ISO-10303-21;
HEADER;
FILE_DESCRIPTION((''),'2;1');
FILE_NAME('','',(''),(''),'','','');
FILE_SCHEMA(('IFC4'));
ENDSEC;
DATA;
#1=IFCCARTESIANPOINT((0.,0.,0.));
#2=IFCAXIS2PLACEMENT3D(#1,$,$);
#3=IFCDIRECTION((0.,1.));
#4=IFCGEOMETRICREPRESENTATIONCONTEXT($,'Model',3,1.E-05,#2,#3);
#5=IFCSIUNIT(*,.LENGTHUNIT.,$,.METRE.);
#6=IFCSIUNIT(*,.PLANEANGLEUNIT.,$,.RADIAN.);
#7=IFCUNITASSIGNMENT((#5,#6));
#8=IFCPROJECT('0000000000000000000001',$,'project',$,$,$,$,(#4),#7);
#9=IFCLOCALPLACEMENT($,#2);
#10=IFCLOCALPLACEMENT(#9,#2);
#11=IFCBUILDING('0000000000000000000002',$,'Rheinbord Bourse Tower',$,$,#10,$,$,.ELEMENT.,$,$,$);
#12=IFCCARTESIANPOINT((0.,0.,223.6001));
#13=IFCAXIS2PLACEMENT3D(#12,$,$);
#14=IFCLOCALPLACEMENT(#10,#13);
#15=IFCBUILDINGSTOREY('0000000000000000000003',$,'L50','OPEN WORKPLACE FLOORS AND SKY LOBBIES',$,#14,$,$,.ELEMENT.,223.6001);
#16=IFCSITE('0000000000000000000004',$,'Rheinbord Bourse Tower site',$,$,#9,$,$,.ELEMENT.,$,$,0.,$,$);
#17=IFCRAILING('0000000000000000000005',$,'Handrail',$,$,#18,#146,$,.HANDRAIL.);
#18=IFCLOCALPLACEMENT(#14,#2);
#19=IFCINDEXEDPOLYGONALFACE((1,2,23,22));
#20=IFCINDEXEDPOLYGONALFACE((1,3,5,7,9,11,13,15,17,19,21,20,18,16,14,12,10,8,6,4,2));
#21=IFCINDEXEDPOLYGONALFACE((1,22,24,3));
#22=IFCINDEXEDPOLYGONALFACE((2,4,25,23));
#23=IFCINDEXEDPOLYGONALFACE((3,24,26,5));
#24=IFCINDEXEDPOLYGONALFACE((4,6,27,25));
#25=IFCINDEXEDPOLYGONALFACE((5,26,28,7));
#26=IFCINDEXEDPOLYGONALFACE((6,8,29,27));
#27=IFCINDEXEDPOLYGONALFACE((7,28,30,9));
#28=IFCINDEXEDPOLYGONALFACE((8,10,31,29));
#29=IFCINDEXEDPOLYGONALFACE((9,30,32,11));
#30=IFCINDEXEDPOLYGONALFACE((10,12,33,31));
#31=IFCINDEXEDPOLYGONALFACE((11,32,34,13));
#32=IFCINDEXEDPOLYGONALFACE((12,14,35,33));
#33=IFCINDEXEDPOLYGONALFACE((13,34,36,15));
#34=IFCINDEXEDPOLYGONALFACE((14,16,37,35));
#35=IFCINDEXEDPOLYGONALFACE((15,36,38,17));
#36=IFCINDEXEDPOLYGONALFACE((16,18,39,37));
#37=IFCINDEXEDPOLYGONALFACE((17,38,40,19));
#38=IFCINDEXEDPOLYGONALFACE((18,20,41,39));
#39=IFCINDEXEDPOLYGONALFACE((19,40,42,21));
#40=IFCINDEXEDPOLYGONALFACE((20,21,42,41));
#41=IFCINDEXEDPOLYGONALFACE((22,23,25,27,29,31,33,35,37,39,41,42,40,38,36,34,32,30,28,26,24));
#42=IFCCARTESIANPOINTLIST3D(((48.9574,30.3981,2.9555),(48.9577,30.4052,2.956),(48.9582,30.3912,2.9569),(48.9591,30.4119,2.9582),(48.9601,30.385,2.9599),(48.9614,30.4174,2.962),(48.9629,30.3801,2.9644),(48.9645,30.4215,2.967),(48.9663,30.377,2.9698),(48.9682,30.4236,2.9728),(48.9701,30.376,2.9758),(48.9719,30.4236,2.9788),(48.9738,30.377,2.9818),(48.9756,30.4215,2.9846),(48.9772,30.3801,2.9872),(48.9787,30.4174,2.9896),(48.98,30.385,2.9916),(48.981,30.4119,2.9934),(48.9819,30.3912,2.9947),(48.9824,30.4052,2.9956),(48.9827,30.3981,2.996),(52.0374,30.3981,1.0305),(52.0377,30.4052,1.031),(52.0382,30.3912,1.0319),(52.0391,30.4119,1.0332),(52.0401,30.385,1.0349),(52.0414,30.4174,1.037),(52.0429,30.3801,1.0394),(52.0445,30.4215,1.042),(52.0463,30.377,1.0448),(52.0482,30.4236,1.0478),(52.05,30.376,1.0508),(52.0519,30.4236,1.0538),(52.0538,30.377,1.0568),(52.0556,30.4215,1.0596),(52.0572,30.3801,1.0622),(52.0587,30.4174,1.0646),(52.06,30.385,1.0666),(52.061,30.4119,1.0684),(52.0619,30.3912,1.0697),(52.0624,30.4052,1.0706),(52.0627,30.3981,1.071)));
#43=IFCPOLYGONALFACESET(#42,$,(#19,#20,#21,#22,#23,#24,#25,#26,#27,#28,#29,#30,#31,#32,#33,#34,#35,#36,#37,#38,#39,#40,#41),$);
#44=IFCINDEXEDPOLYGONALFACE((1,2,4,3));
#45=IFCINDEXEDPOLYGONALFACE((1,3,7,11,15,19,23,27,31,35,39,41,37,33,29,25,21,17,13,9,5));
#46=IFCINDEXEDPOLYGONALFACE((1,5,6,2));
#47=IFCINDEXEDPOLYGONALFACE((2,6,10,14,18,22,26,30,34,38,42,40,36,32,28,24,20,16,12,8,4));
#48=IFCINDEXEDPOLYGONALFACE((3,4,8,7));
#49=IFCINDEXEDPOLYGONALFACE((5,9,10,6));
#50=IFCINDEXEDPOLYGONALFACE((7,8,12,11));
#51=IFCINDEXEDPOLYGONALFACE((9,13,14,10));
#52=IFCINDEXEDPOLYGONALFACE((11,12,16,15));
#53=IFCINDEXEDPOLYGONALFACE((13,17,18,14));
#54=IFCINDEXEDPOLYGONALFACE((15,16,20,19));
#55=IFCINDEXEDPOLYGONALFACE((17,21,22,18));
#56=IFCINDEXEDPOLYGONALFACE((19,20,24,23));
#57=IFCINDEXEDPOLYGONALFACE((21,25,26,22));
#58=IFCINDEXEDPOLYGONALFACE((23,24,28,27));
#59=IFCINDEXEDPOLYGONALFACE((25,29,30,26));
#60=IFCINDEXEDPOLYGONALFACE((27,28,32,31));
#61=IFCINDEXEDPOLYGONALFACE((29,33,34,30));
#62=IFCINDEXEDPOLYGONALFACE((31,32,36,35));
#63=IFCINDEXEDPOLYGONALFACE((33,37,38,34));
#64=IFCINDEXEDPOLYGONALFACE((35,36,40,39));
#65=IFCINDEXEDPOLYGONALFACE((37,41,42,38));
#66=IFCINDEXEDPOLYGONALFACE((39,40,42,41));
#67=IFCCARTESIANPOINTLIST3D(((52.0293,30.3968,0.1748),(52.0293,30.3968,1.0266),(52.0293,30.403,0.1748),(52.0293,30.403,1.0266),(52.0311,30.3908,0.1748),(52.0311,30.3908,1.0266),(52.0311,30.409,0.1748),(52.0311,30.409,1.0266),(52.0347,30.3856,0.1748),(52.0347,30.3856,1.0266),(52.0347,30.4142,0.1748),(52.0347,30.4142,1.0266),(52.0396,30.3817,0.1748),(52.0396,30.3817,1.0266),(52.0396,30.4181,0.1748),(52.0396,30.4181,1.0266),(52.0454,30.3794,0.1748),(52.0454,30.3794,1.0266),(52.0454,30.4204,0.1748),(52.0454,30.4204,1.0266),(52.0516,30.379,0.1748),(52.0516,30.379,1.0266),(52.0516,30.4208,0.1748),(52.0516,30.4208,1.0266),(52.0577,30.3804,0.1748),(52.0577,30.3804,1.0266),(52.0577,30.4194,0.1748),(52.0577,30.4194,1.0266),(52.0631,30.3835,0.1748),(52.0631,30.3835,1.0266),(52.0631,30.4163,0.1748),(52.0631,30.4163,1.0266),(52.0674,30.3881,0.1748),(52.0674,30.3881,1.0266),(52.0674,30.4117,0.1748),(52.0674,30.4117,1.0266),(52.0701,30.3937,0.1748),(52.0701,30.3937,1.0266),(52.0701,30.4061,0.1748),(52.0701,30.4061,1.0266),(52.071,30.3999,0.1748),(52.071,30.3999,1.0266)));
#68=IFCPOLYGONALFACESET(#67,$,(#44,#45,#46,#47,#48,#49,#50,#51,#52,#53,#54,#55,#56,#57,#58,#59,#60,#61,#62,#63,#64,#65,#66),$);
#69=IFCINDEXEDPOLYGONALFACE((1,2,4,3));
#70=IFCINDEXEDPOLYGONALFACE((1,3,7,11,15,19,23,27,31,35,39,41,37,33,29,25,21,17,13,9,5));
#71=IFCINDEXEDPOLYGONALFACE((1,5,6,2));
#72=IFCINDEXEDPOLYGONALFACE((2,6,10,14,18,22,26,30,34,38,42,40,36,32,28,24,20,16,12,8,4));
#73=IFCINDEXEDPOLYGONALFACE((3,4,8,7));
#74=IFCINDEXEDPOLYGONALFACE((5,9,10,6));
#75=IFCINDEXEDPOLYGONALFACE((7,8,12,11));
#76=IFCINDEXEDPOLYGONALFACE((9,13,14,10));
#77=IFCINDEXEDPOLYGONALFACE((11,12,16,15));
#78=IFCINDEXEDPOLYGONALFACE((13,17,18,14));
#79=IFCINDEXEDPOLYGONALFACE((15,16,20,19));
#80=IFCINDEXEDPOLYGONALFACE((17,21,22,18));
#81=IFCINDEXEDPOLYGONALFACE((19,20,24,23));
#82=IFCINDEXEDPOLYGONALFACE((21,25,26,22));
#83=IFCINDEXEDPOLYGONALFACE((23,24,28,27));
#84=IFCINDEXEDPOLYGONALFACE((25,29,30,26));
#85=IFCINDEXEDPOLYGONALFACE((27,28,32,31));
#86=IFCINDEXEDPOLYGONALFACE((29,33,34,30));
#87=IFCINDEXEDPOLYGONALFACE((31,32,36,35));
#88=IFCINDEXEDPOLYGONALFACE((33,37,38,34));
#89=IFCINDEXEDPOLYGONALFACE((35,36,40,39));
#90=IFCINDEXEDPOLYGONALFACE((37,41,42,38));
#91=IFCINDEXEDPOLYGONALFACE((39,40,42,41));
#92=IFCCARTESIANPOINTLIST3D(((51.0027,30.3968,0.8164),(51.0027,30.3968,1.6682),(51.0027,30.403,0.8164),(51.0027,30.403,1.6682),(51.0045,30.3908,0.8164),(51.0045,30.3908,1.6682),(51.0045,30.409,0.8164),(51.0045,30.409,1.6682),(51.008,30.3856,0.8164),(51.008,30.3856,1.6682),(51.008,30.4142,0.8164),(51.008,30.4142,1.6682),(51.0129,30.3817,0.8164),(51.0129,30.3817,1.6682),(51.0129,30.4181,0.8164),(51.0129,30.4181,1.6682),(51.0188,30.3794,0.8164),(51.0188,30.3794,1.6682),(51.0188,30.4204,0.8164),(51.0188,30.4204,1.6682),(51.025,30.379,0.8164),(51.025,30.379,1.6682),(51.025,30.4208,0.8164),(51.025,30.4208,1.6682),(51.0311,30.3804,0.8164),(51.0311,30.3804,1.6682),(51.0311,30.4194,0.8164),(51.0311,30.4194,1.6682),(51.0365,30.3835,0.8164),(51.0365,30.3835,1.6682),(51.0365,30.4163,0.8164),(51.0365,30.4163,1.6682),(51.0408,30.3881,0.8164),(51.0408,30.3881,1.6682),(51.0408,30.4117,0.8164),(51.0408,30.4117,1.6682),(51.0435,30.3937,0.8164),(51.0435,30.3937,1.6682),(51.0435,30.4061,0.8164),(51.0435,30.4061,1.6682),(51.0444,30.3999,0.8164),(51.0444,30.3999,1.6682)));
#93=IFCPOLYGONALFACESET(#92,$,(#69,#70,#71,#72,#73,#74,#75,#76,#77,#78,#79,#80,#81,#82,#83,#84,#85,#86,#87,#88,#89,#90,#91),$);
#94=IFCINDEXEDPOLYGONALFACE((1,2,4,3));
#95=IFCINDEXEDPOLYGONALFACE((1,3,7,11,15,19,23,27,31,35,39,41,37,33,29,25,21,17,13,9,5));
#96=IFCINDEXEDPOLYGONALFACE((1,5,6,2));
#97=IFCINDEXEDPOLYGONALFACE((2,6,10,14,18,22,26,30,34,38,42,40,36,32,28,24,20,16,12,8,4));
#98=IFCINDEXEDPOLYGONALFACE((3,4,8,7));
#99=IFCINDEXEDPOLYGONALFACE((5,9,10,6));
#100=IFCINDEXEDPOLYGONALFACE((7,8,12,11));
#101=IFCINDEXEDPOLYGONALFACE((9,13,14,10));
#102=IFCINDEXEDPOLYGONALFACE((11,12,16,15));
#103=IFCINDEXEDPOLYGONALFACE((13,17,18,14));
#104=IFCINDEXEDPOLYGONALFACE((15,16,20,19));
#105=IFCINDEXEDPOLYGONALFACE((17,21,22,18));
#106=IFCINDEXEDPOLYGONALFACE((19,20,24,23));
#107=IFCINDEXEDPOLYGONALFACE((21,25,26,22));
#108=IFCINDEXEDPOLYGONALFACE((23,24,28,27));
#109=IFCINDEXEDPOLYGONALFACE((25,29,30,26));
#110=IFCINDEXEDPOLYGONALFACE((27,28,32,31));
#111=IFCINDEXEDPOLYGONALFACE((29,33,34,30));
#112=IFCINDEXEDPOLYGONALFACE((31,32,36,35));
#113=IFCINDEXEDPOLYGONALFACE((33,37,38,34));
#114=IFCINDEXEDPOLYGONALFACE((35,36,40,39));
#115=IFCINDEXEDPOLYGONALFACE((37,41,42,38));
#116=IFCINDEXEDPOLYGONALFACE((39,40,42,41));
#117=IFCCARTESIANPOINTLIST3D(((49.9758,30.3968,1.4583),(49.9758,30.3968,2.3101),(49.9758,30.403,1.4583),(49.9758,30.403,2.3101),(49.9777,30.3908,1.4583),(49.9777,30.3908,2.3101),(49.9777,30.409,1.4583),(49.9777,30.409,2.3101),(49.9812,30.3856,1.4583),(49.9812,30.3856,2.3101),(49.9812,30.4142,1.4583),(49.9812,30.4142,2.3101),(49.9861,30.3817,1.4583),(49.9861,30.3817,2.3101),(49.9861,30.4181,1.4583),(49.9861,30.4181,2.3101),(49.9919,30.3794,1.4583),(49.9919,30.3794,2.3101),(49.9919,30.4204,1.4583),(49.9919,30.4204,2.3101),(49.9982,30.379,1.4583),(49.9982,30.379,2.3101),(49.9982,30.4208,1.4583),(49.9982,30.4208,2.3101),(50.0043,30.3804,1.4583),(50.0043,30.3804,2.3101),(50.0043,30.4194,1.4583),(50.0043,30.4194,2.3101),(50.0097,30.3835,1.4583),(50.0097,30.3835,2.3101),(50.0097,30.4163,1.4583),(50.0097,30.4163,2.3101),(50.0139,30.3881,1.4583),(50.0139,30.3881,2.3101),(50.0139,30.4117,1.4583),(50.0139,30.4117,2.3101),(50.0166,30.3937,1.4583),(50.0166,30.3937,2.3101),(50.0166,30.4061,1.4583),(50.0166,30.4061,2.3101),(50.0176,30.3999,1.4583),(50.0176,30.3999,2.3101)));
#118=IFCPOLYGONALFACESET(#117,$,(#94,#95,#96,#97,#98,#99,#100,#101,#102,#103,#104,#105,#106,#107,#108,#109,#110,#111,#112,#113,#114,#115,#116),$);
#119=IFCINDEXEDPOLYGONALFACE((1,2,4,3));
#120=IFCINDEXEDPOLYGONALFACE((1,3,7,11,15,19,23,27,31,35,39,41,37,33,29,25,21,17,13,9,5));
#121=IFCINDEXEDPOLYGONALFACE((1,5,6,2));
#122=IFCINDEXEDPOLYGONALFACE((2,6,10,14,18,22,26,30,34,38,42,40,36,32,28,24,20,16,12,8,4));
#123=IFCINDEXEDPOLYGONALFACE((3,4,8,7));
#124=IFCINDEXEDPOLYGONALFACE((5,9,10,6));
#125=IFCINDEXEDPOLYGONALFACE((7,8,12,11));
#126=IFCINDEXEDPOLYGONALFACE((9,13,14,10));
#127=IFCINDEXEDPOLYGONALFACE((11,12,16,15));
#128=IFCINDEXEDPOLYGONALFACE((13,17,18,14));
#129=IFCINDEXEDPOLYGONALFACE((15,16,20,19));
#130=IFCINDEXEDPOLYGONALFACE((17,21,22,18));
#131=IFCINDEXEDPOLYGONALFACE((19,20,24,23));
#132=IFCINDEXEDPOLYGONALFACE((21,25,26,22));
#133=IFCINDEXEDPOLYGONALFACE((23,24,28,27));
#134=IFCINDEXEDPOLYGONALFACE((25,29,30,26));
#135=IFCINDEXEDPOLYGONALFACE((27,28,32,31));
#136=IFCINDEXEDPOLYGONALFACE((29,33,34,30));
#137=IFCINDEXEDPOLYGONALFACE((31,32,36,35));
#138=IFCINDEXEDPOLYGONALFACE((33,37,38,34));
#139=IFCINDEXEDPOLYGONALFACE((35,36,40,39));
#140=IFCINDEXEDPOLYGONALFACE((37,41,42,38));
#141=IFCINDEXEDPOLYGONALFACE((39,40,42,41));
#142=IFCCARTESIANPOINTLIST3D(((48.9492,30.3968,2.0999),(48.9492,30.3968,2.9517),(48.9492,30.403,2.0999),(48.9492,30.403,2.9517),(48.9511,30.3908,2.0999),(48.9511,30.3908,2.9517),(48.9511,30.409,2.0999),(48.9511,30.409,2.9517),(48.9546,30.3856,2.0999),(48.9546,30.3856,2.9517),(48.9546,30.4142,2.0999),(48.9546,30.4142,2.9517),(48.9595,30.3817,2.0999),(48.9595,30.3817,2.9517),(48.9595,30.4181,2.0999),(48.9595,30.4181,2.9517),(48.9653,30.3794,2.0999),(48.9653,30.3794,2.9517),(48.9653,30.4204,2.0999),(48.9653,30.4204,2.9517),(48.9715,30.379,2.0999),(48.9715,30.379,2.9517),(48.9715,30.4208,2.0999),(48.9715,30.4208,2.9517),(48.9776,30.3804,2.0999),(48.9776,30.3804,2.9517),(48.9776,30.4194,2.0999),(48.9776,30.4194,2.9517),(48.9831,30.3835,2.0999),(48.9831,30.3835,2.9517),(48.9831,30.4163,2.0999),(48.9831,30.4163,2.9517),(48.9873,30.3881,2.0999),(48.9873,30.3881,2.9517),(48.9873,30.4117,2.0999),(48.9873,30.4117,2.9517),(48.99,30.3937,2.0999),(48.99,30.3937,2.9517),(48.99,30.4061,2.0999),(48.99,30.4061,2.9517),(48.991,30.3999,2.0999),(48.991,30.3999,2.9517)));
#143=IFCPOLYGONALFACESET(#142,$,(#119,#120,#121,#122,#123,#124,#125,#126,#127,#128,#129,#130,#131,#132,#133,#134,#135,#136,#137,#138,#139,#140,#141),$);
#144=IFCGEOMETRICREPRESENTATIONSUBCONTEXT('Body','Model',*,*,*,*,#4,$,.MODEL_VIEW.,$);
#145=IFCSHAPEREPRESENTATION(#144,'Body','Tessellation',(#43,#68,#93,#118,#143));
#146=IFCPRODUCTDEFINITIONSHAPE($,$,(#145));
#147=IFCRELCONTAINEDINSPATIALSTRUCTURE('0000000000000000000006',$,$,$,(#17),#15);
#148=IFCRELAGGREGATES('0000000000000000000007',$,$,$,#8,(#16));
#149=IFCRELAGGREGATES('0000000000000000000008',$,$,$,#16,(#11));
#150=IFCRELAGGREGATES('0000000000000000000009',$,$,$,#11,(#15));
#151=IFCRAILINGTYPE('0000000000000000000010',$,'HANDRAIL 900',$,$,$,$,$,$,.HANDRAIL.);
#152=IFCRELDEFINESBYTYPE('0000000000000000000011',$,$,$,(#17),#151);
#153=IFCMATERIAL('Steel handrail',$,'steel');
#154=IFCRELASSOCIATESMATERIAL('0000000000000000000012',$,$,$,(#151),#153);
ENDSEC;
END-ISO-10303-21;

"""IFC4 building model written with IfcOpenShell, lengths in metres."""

from ifc_helpers import new_model, si_unit, direction, frame, origin, origin_2d, place, context, subcontext, project, spatial, circle, extrude, material, type_object, element, save


model = new_model("IFC4")

# Units and contexts
model_context = context("Model", 3, precision=1e-05, world=origin(), true_north=direction((0.0, 1.0)))
body_context = subcontext(model_context, "Body", "Model", "MODEL_VIEW")
ifc_project = project(units=[si_unit("LENGTHUNIT", "METRE"), si_unit("PLANEANGLEUNIT", "RADIAN")], contexts=[model_context])

# Site, building, storey
site_placement = place(None, origin())
site = spatial("IfcSite", under=ifc_project, at=site_placement, Name="Rheinbord Bourse Tower site", CompositionType="ELEMENT", RefElevation=0.0)
building_placement = place(site_placement, origin())
building = spatial("IfcBuilding", under=site, at=building_placement, Name="Rheinbord Bourse Tower", CompositionType="ELEMENT")
storey_placement = place(building_placement, frame((0.0, 0.0, 223.6001)))
storey = spatial("IfcBuildingStorey", under=building, at=storey_placement, Name="L50", Description="OPEN WORKPLACE FLOORS AND SKY LOBBIES", CompositionType="ELEMENT", Elevation=223.6001)

# Railing
ifc_material_1 = material(Name="Steel handrail", Category="steel")
railing_type = type_object("IfcRailingType", Name="HANDRAIL 900", PredefinedType="HANDRAIL", material=ifc_material_1)
railing_1_placement = place(storey_placement, frame((52.05, 30.3999, 0.1748)))
element("IfcRailing", 1, at=railing_1_placement, inside=storey, type_object=railing_type, Name="Handrail", PredefinedType="HANDRAIL", context=body_context, shape_type="SweptSolid", body=[
    extrude(circle(Radius=0.0239, at=origin_2d()), frame((0.0, 0.0, 0.876), z_axis=(-0.847998, 0.0, 0.529999), x_axis=(0.0, -1.0, 0.0)), (0.0, 0.0, 1.0), 3.6321),
    extrude(circle(Radius=0.021, at=origin_2d()), origin(), (0.0, 0.0, 1.0), 0.8518),
    extrude(circle(Radius=0.021, at=origin_2d()), frame((-1.0266, 0.0, 0.6416)), (0.0, 0.0, 1.0), 0.8518),
    extrude(circle(Radius=0.021, at=origin_2d()), frame((-2.0535, 0.0, 1.2834)), (0.0, 0.0, 1.0), 0.8518),
    extrude(circle(Radius=0.021, at=origin_2d()), frame((-3.0801, 0.0, 1.925)), (0.0, 0.0, 1.0), 0.8518),
])

save(model, "model.ifc")
